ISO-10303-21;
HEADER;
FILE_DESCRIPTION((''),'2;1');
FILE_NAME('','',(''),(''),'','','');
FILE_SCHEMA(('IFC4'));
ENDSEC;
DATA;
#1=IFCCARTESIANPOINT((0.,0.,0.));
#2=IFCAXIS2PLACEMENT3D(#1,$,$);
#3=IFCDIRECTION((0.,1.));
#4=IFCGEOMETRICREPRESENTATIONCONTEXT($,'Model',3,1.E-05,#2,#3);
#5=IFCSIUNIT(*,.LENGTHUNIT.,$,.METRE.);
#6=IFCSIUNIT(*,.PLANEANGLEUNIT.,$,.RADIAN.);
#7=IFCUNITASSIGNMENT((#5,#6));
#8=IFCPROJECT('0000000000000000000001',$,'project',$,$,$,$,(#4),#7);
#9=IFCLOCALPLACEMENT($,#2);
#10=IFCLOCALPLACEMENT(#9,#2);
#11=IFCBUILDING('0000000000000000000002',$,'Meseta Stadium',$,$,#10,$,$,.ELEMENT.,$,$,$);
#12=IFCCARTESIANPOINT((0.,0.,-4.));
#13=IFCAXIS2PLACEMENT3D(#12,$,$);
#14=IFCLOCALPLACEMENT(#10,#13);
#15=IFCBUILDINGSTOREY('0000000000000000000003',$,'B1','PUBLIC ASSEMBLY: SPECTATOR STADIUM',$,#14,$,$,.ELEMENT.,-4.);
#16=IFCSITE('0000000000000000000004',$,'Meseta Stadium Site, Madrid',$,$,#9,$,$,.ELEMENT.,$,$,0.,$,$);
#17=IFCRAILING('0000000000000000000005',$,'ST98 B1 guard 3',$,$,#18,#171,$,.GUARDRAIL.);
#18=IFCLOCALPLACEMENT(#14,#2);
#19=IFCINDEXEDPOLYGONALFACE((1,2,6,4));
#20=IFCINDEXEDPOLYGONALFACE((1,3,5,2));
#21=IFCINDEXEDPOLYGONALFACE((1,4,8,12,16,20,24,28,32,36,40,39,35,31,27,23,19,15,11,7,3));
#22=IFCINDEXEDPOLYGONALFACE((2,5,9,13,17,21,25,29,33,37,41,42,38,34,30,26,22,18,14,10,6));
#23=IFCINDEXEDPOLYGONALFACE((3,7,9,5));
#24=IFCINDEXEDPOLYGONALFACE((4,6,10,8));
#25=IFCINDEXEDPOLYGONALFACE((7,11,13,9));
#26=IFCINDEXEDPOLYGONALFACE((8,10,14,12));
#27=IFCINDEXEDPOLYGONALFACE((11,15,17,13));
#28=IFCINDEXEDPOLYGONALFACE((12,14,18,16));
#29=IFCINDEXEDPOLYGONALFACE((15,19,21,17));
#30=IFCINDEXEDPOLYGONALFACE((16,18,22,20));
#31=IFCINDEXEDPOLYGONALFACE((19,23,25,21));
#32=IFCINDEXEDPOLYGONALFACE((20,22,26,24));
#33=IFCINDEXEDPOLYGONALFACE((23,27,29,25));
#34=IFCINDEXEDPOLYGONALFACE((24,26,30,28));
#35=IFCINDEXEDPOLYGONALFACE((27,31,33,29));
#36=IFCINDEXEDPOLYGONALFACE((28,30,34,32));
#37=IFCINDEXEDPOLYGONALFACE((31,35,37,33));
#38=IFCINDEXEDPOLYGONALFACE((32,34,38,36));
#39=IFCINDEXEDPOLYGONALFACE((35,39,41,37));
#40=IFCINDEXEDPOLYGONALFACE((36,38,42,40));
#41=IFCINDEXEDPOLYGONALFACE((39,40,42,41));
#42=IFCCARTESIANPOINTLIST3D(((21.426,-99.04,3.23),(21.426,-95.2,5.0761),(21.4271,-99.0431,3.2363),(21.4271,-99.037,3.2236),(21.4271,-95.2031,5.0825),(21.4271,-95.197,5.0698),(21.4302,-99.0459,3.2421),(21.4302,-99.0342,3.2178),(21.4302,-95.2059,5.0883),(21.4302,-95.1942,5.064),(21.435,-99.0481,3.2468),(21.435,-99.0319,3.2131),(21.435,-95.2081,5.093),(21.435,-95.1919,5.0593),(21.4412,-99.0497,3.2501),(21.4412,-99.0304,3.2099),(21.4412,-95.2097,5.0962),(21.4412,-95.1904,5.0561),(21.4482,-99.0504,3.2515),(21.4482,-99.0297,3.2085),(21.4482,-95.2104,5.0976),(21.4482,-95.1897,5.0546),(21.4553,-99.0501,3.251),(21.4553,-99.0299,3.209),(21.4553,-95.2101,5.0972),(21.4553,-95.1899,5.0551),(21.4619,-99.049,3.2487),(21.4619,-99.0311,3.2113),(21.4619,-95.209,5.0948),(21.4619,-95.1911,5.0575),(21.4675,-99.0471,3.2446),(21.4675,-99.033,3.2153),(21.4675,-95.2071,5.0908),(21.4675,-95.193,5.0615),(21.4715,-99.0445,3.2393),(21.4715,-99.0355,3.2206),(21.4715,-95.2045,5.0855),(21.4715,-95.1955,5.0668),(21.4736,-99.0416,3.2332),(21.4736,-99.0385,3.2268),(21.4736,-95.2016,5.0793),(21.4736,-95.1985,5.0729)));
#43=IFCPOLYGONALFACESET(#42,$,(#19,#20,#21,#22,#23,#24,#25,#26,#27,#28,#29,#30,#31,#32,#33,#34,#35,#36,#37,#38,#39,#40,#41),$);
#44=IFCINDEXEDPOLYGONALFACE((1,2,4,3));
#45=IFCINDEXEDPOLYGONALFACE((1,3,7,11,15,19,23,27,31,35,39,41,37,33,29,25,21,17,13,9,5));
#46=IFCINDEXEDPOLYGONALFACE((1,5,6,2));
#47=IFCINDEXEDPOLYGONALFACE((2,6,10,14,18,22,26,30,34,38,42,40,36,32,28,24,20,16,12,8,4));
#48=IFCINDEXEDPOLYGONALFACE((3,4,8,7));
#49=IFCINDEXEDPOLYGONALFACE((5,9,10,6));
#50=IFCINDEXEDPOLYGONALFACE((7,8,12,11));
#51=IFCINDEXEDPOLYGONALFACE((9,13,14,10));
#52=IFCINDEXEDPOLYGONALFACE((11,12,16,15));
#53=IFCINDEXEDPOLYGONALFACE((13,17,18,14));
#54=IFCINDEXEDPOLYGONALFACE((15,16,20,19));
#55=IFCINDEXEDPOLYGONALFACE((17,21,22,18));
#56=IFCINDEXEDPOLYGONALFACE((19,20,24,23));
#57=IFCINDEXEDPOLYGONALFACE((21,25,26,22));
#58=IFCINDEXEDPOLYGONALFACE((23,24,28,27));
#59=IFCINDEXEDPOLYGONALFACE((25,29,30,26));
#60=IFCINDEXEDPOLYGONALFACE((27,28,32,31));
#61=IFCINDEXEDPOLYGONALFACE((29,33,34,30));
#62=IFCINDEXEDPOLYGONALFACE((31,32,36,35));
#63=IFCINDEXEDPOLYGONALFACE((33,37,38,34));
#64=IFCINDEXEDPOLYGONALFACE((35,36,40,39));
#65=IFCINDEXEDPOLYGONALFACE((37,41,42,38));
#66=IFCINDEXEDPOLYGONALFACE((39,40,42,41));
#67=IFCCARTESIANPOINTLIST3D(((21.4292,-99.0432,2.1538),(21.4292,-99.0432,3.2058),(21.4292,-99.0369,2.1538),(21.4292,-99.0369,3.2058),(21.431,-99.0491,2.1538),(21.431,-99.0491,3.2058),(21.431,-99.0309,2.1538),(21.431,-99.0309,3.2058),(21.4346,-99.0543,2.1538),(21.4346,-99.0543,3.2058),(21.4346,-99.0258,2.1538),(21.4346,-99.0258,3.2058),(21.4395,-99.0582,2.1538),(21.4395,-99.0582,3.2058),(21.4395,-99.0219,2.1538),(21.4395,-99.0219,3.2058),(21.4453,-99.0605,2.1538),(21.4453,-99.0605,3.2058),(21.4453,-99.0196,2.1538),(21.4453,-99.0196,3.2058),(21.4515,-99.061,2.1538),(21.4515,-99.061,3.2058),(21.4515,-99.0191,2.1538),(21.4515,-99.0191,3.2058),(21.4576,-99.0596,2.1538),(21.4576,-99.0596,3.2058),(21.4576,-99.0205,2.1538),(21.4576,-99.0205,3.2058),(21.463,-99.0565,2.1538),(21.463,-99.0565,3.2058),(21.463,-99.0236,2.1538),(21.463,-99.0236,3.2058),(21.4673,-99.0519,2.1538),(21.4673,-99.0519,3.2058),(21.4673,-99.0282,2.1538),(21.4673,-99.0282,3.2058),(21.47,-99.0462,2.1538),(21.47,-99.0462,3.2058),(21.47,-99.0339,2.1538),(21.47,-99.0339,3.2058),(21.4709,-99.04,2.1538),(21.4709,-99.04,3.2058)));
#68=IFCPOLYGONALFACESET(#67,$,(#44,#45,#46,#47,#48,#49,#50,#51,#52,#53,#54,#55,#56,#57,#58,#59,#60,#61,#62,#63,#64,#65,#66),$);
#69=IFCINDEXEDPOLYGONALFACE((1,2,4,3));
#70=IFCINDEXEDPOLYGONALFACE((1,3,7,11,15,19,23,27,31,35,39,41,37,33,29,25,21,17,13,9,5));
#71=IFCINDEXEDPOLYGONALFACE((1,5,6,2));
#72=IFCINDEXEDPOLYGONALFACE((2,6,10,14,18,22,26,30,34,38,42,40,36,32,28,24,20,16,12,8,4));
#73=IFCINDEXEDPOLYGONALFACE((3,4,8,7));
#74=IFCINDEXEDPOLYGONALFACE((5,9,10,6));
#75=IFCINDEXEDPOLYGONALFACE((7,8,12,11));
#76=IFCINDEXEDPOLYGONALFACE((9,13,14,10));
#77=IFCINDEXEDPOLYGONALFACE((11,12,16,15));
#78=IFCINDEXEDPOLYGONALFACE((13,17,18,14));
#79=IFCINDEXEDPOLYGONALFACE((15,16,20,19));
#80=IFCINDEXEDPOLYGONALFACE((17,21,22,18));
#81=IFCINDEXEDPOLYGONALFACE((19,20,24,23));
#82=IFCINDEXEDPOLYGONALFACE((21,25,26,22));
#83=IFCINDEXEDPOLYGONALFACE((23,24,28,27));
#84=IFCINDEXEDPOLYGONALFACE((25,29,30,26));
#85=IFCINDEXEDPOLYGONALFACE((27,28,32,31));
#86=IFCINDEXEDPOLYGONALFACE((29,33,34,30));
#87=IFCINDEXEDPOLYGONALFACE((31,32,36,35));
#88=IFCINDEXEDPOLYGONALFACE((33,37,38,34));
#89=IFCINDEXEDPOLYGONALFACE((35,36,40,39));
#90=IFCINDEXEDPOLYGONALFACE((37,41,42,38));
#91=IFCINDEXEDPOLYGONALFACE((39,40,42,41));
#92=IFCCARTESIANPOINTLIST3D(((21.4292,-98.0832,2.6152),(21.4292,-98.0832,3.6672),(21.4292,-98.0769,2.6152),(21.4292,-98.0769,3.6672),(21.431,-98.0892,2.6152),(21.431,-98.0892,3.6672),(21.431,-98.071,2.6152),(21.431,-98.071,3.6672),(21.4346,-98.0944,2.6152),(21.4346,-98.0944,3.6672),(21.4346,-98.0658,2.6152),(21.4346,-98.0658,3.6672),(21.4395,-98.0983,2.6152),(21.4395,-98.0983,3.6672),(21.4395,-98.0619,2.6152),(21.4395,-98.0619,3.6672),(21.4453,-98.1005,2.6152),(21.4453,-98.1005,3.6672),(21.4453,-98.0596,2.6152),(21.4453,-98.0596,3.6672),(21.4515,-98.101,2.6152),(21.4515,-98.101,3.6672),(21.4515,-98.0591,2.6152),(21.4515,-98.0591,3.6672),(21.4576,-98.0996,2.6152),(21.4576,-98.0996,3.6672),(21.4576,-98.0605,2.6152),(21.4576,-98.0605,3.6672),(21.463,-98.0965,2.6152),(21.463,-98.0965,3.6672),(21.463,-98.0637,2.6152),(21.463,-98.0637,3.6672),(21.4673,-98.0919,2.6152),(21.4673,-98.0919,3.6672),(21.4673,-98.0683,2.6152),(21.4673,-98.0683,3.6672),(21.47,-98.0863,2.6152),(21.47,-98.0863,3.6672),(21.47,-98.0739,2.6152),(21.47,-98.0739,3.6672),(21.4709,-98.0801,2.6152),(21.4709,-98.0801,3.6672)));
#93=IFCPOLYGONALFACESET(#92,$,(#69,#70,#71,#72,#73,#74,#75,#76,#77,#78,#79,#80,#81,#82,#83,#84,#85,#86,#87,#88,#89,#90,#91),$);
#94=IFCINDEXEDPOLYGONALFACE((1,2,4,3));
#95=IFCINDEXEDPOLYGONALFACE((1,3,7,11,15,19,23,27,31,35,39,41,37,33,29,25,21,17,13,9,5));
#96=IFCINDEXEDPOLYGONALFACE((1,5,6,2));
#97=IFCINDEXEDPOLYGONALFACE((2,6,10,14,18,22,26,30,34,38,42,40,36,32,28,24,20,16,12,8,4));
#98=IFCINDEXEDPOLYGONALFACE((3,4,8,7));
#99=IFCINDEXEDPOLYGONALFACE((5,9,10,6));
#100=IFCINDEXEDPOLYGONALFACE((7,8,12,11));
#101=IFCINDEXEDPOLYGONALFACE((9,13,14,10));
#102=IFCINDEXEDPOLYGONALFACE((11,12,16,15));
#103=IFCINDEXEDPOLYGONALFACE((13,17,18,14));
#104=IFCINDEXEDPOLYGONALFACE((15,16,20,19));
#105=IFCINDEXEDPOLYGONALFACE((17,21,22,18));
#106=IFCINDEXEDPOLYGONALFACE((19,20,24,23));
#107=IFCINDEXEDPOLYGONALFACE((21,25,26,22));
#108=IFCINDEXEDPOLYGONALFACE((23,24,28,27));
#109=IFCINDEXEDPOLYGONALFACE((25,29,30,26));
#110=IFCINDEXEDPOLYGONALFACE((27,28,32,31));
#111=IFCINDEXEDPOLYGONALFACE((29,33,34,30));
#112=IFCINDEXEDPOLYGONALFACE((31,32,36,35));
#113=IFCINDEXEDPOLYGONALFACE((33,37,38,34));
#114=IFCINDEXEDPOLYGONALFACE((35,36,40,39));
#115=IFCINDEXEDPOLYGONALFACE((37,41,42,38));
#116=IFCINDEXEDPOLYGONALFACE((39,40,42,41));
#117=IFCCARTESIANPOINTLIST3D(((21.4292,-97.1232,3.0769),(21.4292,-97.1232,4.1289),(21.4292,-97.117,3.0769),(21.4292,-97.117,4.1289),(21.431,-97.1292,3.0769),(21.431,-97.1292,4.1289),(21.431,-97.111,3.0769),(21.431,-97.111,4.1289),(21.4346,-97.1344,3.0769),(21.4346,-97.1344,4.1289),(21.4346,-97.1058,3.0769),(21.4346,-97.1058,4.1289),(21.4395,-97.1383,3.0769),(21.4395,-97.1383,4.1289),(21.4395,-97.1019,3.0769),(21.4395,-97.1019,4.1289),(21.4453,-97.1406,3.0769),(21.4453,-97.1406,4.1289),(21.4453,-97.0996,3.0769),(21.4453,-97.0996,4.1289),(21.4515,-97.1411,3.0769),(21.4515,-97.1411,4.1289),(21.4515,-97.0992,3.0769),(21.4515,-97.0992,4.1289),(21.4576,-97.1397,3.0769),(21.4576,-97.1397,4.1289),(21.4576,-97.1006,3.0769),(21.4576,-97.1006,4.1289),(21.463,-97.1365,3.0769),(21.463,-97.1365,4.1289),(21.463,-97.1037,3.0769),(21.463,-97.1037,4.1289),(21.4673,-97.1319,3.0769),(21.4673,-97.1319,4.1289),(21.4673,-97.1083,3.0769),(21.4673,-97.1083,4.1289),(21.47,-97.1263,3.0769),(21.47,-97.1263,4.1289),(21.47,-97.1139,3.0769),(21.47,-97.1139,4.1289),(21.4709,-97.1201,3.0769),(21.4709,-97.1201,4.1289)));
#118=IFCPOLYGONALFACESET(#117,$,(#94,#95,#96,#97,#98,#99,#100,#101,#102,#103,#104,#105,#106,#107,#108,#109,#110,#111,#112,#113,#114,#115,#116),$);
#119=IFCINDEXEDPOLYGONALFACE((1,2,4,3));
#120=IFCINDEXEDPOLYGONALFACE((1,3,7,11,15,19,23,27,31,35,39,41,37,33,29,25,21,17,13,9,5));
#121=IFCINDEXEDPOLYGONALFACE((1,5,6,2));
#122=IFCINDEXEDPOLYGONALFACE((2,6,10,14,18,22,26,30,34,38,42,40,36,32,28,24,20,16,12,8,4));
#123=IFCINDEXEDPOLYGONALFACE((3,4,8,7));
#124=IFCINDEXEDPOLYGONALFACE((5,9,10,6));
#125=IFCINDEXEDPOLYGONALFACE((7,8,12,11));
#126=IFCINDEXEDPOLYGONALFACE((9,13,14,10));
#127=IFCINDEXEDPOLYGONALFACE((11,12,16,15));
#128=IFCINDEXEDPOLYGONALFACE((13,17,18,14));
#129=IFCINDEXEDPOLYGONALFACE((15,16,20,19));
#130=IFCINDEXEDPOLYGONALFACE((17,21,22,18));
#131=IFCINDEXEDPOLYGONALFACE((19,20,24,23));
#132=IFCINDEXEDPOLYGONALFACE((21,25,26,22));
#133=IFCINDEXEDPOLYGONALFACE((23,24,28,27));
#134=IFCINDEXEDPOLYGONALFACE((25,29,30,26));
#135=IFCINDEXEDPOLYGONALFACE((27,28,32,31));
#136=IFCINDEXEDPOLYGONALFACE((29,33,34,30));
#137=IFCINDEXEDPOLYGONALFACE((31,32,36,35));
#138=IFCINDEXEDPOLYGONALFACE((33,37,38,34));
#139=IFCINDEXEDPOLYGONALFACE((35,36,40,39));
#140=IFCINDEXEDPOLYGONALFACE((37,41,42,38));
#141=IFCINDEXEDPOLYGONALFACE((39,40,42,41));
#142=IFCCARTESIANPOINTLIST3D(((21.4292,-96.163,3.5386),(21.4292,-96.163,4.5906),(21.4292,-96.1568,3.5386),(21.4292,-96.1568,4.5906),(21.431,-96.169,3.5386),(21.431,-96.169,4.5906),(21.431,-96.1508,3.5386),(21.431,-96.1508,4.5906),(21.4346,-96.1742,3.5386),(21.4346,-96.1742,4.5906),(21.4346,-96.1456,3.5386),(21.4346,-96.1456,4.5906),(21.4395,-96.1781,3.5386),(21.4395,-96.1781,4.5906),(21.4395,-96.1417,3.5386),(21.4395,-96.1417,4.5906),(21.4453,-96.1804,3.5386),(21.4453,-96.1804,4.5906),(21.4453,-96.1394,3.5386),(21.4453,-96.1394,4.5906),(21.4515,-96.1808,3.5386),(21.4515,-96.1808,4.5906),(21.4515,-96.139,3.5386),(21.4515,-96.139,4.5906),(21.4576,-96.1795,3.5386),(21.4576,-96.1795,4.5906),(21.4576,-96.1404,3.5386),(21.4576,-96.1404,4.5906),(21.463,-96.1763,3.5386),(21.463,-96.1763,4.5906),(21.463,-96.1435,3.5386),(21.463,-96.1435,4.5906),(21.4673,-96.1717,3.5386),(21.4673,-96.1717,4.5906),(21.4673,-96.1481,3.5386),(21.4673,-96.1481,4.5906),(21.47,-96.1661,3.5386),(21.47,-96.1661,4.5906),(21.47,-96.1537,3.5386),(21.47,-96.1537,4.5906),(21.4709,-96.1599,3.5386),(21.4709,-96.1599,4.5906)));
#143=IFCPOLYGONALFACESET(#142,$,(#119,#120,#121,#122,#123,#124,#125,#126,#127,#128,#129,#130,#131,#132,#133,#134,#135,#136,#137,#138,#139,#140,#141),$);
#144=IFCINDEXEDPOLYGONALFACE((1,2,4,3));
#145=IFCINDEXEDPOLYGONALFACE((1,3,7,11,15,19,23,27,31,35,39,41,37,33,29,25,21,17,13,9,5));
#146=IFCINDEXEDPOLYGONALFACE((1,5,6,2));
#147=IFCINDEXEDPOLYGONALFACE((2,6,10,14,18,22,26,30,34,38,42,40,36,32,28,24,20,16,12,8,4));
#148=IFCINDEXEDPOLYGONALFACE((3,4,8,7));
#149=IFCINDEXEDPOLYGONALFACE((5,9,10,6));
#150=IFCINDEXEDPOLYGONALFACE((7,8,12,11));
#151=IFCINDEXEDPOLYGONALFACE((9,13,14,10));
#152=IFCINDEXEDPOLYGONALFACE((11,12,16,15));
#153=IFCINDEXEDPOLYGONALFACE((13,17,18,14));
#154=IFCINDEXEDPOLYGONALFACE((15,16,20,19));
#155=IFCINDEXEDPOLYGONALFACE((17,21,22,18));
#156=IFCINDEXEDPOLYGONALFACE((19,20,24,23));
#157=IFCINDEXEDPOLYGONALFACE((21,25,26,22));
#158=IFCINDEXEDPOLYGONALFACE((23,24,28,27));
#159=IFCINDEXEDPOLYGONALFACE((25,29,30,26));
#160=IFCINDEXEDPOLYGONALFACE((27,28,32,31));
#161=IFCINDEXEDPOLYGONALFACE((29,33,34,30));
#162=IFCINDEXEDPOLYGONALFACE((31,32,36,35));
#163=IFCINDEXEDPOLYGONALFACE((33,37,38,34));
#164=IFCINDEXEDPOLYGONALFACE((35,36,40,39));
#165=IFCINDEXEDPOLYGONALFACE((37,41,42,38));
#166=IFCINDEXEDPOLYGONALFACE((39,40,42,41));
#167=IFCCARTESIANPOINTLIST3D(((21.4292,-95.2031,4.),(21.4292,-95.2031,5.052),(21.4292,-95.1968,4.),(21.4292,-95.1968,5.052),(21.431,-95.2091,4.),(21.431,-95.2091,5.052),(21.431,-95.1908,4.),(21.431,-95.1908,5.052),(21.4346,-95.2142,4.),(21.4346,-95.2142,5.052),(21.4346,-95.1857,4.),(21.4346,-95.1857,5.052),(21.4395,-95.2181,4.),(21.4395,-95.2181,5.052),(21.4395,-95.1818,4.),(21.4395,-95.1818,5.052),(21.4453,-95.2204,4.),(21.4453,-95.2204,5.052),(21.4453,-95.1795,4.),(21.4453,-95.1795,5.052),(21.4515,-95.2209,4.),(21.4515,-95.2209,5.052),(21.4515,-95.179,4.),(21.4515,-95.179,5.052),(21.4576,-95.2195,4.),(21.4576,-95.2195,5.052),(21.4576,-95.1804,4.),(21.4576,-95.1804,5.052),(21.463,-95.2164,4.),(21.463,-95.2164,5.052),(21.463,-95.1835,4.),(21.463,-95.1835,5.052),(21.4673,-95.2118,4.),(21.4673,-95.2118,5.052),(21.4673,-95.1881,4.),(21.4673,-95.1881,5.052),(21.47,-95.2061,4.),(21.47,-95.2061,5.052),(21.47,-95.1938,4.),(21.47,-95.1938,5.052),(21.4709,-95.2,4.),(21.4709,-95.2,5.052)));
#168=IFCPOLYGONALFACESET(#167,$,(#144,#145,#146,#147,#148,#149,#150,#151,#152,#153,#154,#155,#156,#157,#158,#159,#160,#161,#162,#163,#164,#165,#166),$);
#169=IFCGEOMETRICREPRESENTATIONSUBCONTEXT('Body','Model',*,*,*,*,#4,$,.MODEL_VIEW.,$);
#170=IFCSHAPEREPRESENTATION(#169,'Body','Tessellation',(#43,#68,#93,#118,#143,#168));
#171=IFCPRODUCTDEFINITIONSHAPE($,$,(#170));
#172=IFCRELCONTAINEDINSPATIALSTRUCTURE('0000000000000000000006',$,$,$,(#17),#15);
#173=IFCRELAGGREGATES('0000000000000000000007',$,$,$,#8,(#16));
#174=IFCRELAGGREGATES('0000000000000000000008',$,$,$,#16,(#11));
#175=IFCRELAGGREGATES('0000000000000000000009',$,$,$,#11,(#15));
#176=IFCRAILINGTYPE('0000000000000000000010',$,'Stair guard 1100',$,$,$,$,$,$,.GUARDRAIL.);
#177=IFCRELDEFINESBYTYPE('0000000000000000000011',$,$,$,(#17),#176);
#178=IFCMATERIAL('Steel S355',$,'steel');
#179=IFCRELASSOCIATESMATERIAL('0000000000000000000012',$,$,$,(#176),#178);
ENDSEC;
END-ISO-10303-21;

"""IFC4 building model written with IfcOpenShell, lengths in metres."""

from ifc_helpers import new_model, si_unit, direction, frame, origin, origin_2d, place, context, subcontext, project, spatial, circle, extrude, material, type_object, element, save


model = new_model("IFC4")

# Units and contexts
model_context = context("Model", 3, precision=1e-05, world=origin(), true_north=direction((0.0, 1.0)))
body_context = subcontext(model_context, "Body", "Model", "MODEL_VIEW")
ifc_project = project(units=[si_unit("LENGTHUNIT", "METRE"), si_unit("PLANEANGLEUNIT", "RADIAN")], contexts=[model_context])

# Site, building, storey
site_placement = place(None, origin())
site = spatial("IfcSite", under=ifc_project, at=site_placement, Name="Meseta Stadium Site, Madrid", CompositionType="ELEMENT", RefElevation=0.0)
building_placement = place(site_placement, origin())
building = spatial("IfcBuilding", under=site, at=building_placement, Name="Meseta Stadium", CompositionType="ELEMENT")
storey_placement = place(building_placement, frame((0.0, 0.0, -4.0)))
storey = spatial("IfcBuildingStorey", under=building, at=storey_placement, Name="B1", Description="PUBLIC ASSEMBLY: SPECTATOR STADIUM", CompositionType="ELEMENT", Elevation=-4.0)

# Railing
ifc_material_1 = material(Name="Steel S355", Category="steel")
railing_type_1 = type_object("IfcRailingType", Name="Stair guard 1100", PredefinedType="GUARDRAIL", material=ifc_material_1)
railing_1_placement = place(storey_placement, frame((21.45, -99.04, 2.1538)))
element("IfcRailing", 1, at=railing_1_placement, inside=storey, type_object=railing_type_1, Name="ST98 B1 guard 3", PredefinedType="GUARDRAIL", context=body_context, shape_type="SweptSolid", body=[
    extrude(circle(Radius=0.0239, at=origin_2d()), frame((0.0, 0.0, 1.0762), z_axis=(0.0, 0.901253, 0.433294), x_axis=(-1.0, 0.0, 0.0)), (0.0, 0.0, 1.0), 4.2607),
    extrude(circle(Radius=0.021, at=origin_2d()), origin(), (0.0, 0.0, 1.0), 1.052),
    extrude(circle(Radius=0.021, at=origin_2d()), frame((0.0, 0.96, 0.4614)), (0.0, 0.0, 1.0), 1.052),
    extrude(circle(Radius=0.021, at=origin_2d()), frame((0.0, 1.9199, 0.9231)), (0.0, 0.0, 1.0), 1.052),
    extrude(circle(Radius=0.021, at=origin_2d()), frame((0.0, 2.8801, 1.3848)), (0.0, 0.0, 1.0), 1.052),
    extrude(circle(Radius=0.021, at=origin_2d()), frame((0.0, 3.8401, 1.8462)), (0.0, 0.0, 1.0), 1.052),
])

save(model, "model.ifc")
